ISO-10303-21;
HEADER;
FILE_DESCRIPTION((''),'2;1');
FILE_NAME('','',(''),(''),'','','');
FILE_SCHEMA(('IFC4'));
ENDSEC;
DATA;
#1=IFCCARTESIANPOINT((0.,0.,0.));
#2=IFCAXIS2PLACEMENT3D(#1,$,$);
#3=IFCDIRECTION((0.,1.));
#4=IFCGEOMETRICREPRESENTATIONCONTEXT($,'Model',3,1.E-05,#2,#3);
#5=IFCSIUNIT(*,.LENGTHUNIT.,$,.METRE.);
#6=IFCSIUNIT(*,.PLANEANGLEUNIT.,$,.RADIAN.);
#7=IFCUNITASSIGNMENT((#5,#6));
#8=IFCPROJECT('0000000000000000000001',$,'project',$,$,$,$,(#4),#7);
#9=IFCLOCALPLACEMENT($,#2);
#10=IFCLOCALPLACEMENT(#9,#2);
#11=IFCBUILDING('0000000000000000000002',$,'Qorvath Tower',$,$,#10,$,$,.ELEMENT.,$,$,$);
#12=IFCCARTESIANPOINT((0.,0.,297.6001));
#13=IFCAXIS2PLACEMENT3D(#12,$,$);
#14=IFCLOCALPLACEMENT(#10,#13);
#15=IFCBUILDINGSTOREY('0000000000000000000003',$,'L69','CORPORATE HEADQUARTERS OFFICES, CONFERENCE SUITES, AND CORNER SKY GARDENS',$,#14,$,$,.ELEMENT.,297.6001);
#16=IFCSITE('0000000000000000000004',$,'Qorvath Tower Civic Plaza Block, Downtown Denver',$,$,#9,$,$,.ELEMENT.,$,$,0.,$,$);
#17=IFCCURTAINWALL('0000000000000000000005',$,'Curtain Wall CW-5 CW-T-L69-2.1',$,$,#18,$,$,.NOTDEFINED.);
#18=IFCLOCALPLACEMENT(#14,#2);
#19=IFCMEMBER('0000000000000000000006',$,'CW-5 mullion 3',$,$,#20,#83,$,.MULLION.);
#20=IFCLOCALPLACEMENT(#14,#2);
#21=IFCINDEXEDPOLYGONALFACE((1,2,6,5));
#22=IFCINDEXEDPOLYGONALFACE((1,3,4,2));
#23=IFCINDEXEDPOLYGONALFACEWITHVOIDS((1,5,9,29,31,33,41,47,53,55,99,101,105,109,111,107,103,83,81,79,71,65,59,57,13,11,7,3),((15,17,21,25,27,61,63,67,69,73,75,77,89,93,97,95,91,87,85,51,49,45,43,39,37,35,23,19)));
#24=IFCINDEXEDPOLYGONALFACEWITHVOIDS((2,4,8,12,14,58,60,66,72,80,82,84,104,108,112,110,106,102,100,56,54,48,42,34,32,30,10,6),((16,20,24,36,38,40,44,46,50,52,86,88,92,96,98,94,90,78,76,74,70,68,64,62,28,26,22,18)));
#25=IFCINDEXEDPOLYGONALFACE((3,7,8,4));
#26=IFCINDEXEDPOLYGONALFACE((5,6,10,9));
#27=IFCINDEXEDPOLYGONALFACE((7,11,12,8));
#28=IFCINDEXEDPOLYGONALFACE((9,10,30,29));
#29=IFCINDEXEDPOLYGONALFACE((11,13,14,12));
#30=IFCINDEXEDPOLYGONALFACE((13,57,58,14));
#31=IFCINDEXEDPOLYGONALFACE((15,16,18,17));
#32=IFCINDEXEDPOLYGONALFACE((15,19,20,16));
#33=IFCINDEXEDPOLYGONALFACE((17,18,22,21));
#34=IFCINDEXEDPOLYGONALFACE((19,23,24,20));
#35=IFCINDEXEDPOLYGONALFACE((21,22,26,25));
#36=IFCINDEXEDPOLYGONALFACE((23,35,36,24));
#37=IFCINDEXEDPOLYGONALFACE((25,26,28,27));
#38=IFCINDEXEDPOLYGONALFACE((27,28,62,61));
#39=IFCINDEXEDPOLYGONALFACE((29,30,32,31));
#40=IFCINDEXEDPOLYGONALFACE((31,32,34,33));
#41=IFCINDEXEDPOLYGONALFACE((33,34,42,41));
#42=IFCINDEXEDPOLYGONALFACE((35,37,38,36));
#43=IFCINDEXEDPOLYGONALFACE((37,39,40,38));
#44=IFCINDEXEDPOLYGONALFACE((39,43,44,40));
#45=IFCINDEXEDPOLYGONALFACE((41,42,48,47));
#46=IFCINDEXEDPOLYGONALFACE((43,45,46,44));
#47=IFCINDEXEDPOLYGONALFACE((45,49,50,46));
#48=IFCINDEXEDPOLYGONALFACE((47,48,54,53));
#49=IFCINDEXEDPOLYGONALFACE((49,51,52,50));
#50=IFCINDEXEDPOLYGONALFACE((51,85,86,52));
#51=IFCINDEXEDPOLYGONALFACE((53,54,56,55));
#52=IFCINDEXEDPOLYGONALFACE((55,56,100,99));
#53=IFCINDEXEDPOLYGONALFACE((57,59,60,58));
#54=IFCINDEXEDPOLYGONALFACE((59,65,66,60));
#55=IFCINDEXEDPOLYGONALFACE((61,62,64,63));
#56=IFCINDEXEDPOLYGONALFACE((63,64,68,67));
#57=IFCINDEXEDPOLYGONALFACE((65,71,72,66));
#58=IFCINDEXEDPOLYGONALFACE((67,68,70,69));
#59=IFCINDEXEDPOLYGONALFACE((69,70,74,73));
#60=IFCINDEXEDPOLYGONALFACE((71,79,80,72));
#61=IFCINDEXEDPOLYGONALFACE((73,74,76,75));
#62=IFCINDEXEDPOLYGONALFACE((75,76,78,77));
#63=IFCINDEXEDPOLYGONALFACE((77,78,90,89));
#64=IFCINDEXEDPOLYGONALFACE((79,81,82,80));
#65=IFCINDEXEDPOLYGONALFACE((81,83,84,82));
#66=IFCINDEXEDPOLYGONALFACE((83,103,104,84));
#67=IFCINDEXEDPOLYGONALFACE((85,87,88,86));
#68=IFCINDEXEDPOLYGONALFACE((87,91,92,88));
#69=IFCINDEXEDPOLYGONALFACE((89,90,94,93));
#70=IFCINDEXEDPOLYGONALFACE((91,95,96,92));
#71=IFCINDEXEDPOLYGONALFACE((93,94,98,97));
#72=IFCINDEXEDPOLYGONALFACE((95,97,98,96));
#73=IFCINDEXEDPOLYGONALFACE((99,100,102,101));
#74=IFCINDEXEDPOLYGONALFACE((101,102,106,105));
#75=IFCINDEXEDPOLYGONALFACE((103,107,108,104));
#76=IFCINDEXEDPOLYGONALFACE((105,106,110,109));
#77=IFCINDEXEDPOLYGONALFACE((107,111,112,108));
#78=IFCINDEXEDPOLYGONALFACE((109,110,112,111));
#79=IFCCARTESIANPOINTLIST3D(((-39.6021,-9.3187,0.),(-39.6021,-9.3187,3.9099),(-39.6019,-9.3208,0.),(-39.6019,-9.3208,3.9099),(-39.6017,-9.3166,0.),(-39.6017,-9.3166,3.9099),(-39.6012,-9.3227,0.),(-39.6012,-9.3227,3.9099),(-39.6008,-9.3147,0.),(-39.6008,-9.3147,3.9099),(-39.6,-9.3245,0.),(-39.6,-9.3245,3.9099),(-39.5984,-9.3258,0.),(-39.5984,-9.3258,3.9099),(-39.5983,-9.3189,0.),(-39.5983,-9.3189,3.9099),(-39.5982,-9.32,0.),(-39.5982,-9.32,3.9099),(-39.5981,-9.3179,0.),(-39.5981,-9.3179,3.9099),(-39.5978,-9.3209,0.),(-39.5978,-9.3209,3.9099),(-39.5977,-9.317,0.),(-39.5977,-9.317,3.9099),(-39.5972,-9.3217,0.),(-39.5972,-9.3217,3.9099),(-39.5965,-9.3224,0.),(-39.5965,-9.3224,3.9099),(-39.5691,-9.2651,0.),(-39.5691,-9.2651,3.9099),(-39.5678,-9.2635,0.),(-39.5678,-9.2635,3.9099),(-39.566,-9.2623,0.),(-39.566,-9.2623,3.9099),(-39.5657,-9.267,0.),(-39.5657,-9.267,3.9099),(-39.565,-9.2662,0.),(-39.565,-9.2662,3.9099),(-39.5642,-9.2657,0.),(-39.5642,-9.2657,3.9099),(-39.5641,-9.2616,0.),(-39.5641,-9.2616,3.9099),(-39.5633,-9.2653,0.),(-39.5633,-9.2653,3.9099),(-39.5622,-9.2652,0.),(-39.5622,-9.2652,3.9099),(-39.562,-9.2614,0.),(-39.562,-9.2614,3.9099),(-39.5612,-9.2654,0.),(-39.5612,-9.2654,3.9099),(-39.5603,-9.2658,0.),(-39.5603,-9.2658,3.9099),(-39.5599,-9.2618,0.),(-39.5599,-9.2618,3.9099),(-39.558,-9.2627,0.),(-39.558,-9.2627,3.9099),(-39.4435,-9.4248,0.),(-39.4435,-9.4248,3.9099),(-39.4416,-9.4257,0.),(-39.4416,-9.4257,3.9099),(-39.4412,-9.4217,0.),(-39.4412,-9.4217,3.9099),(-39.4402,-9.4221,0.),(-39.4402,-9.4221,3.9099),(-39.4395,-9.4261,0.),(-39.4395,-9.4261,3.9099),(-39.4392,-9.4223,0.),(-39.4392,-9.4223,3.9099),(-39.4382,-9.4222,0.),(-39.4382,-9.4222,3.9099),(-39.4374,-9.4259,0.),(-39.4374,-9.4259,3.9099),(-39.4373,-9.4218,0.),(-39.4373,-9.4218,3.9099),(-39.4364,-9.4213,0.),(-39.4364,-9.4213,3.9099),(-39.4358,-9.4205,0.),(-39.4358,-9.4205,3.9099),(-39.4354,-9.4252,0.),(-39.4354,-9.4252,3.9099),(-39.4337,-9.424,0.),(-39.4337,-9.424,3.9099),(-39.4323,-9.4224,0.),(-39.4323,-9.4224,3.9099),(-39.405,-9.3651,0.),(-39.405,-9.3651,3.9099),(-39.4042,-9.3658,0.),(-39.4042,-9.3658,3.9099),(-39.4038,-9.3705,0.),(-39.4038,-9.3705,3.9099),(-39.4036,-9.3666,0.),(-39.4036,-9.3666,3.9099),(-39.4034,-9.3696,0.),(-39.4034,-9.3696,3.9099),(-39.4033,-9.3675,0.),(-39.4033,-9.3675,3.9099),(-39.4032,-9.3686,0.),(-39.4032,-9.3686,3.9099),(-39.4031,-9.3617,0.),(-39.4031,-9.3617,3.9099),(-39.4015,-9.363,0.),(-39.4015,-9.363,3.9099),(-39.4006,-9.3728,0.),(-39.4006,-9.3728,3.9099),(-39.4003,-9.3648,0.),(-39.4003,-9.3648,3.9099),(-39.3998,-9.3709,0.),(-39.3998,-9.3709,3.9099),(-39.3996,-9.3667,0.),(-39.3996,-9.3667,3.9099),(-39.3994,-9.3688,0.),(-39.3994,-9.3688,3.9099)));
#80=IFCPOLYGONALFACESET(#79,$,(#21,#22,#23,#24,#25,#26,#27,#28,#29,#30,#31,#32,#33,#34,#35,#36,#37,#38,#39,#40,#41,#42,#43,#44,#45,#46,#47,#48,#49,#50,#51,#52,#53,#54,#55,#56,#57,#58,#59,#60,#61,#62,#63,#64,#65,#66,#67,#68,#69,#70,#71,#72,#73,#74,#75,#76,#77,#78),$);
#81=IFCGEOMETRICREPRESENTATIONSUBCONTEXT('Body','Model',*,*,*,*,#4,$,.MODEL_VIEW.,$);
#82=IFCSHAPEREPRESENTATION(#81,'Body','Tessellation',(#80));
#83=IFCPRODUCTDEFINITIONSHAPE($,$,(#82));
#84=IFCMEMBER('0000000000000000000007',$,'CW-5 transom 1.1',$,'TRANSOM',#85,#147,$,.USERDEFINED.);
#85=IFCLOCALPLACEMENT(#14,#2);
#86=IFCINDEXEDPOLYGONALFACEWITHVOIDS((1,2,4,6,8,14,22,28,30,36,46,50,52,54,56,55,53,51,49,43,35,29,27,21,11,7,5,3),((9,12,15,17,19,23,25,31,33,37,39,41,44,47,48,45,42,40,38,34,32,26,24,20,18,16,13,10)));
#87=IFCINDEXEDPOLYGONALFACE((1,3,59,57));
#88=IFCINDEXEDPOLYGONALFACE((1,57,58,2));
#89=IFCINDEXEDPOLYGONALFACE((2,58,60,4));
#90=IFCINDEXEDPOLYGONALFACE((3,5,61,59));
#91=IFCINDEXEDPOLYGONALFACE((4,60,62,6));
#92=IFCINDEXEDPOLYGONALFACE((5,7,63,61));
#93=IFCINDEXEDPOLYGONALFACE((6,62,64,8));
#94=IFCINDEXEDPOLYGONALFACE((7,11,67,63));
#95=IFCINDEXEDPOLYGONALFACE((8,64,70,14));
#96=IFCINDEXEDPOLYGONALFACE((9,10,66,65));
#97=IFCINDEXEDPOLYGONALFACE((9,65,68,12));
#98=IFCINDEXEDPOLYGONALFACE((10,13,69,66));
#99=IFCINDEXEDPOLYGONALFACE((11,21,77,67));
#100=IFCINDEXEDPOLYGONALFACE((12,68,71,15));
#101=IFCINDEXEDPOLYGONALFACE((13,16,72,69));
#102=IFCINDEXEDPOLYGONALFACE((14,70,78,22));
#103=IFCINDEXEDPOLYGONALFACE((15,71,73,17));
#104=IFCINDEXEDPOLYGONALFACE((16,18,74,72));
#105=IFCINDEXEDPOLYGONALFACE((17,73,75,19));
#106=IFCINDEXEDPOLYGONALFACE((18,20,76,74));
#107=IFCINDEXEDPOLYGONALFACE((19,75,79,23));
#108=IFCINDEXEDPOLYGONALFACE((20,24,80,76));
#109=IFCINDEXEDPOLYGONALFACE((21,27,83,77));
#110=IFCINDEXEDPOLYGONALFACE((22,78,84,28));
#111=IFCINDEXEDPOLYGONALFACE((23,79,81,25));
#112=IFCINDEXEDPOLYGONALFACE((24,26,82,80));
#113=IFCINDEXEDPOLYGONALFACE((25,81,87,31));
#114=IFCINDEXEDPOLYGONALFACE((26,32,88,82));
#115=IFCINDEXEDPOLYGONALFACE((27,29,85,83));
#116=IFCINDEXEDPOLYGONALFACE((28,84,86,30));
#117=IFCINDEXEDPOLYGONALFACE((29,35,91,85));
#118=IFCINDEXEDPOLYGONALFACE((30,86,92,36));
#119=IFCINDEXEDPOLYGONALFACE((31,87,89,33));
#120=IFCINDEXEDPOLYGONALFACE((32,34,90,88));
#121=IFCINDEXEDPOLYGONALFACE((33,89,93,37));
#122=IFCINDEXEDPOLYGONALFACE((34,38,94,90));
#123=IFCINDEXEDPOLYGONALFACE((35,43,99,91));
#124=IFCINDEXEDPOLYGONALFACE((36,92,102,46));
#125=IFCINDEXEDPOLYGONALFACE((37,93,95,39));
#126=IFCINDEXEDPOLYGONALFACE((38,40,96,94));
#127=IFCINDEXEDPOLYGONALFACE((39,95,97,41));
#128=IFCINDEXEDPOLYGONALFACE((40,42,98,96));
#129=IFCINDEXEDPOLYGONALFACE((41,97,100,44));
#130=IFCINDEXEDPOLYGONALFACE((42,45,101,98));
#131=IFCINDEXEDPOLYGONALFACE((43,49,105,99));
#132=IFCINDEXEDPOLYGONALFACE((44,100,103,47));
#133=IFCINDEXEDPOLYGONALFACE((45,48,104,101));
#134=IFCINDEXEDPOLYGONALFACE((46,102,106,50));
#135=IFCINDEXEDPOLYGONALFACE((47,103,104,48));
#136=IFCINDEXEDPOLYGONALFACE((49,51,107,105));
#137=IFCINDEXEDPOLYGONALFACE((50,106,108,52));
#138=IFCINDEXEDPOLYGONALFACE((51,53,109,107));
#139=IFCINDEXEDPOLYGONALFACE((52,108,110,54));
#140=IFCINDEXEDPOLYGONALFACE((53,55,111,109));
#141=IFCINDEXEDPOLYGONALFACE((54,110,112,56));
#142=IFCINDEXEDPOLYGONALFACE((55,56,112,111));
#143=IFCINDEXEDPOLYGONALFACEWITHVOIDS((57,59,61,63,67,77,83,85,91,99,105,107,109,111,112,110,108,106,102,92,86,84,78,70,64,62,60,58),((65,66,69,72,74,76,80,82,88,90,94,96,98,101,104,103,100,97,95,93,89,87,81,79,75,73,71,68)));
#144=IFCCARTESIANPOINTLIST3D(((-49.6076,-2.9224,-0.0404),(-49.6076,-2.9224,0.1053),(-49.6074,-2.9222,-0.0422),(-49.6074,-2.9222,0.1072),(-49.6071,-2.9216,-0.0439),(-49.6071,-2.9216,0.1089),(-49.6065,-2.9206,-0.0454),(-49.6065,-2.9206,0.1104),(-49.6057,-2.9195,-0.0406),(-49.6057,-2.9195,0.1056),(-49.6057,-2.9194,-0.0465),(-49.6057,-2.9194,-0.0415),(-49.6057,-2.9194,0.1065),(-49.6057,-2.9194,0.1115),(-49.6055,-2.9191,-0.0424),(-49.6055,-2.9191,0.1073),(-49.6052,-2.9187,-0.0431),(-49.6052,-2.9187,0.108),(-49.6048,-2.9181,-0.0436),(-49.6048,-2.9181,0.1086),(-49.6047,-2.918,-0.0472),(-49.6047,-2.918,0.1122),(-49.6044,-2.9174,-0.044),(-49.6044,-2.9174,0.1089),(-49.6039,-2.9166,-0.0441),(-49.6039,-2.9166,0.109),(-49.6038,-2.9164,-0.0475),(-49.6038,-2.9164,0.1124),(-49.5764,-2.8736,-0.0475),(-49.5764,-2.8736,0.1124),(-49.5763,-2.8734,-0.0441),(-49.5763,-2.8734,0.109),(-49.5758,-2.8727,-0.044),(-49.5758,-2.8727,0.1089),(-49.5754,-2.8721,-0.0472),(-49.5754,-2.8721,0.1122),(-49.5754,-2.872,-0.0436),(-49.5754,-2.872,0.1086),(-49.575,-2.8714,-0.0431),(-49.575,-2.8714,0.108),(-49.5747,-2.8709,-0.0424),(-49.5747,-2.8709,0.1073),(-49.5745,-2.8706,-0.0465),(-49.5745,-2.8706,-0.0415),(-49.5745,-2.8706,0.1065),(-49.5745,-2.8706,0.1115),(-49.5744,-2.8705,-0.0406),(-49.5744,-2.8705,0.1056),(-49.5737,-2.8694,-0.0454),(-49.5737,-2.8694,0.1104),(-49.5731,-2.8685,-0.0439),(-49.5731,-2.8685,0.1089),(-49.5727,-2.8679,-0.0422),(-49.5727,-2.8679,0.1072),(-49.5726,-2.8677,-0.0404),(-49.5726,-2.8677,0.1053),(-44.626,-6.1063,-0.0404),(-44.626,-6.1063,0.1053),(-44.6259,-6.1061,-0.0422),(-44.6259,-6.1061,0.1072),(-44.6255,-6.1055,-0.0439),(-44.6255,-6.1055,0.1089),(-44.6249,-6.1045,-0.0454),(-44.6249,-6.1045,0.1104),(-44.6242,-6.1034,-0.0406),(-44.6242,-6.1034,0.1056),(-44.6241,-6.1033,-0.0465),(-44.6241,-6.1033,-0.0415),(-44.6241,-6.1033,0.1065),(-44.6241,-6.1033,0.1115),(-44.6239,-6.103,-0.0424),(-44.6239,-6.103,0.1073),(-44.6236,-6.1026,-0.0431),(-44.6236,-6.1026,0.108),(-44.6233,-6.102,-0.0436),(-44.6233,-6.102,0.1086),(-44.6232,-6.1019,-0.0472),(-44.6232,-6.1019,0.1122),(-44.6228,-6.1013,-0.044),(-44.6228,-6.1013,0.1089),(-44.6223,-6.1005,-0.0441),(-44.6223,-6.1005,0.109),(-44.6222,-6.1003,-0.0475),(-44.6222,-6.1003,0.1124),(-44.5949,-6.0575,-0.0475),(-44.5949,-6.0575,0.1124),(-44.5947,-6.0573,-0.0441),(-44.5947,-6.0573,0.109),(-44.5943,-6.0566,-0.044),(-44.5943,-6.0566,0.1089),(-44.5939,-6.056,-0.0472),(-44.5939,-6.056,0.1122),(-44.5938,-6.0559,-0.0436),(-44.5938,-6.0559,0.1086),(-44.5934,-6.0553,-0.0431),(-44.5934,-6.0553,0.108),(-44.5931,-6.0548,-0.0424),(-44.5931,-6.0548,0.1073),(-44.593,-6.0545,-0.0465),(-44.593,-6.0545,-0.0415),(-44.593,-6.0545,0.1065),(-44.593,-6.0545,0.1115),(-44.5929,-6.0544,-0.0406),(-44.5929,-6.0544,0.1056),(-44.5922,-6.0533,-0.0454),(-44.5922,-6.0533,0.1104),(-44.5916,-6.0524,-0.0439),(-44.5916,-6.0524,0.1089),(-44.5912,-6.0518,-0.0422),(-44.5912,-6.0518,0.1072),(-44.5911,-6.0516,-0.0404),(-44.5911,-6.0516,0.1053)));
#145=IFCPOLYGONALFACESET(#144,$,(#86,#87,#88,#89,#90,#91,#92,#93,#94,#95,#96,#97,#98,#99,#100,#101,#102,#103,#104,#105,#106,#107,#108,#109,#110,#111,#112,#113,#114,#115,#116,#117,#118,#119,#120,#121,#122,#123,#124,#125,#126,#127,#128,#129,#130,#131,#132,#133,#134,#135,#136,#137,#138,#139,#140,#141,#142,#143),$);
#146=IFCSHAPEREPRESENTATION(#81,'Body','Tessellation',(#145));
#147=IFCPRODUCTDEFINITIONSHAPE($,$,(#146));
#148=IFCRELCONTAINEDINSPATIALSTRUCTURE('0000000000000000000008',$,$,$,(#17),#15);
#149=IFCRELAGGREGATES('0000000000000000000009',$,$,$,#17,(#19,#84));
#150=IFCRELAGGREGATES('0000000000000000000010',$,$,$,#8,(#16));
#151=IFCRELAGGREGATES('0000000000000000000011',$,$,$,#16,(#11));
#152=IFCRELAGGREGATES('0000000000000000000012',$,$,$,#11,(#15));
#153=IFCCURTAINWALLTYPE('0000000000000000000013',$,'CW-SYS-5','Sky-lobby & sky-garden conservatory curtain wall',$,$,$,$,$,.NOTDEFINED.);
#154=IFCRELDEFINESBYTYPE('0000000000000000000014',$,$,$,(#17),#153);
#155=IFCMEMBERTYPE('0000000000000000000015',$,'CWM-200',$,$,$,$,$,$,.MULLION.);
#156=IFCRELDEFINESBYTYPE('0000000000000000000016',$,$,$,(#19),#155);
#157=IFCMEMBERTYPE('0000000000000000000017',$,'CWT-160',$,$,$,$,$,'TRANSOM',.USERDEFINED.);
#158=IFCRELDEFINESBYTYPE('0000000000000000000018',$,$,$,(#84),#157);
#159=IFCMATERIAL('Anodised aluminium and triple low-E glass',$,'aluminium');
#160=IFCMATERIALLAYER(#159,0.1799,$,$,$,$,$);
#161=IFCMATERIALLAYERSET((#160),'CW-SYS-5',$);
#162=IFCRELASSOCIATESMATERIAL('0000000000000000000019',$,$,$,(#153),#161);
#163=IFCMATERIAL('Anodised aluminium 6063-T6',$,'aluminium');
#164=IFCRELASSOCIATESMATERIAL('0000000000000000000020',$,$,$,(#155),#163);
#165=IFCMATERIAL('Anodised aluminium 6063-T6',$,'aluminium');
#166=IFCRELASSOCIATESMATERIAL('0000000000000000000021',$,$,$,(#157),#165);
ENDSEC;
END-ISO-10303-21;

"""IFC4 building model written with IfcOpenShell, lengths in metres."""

from ifc_helpers import new_model, si_unit, direction, frame, origin, origin_2d, place, context, subcontext, project, spatial, hollow_rectangle, extrude, material, layer, layer_set, material_profile, profile_set, type_object, element, aggregate, save


model = new_model("IFC4")

# Units and contexts
model_context = context("Model", 3, precision=1e-05, world=origin(), true_north=direction((0.0, 1.0)))
body_context = subcontext(model_context, "Body", "Model", "MODEL_VIEW")
ifc_project = project(units=[si_unit("LENGTHUNIT", "METRE"), si_unit("PLANEANGLEUNIT", "RADIAN")], contexts=[model_context])

# Site, building, storey
site_placement = place(None, origin())
site = spatial("IfcSite", under=ifc_project, at=site_placement, Name="Qorvath Tower Civic Plaza Block, Downtown Denver", CompositionType="ELEMENT", RefElevation=0.0)
building_placement = place(site_placement, origin())
building = spatial("IfcBuilding", under=site, at=building_placement, Name="Qorvath Tower", CompositionType="ELEMENT")
storey_placement = place(building_placement, frame((0.0, 0.0, 297.6001)))
storey = spatial("IfcBuildingStorey", under=building, at=storey_placement, Name="L69", Description="CORPORATE HEADQUARTERS OFFICES, CONFERENCE SUITES, AND CORNER SKY GARDENS", CompositionType="ELEMENT", Elevation=297.6001)

# Curtain wall, members
ifc_material_1 = material(Name="Anodised aluminium and triple low-E glass", Category="aluminium")
ifc_layer_1 = layer(ifc_material_1, 0.1799)
ifc_layer_set_1 = layer_set([ifc_layer_1], Name="CW-SYS-5")
curtain_wall_type = type_object("IfcCurtainWallType", Name="CW-SYS-5", Description="Sky-lobby & sky-garden conservatory curtain wall", PredefinedType="NOTDEFINED", material=ifc_layer_set_1)
curtain_wall_placement = place(storey_placement, origin())
curtain_wall = element("IfcCurtainWall", 1, at=curtain_wall_placement, inside=storey, type_object=curtain_wall_type, Name="Curtain Wall CW-5 CW-T-L69-2.1", PredefinedType="NOTDEFINED")
ifc_material_2 = material(Name="Anodised aluminium 6063-T6", Category="aluminium")
ifc_material_profile_1 = material_profile(ifc_material_2, hollow_rectangle(XDim=0.075, YDim=0.2, WallThickness=0.0039, InnerFilletRadius=0.0039, OuterFilletRadius=0.0081, at=origin_2d()), Name="CWM 200x75")
ifc_profile_set_1 = profile_set([ifc_material_profile_1], Name="Anodised aluminium 6063-T6")
member_type_1 = type_object("IfcMemberType", Name="CWM-200", PredefinedType="MULLION", material=ifc_profile_set_1)
member_1_placement = place(storey_placement, frame((-39.5007, -9.3438, 0.0), z_axis=(0.0, 0.0, 1.0), x_axis=(0.538537, 0.842602, 0.0)))
member_1 = element("IfcMember", 2, at=member_1_placement, type_object=member_type_1, Name="CW-5 mullion 3", PredefinedType="MULLION", context=body_context, shape_type="SweptSolid", body=[
    extrude(hollow_rectangle(XDim=0.075, YDim=0.2, WallThickness=0.0039, InnerFilletRadius=0.0039, OuterFilletRadius=0.0081, at=origin_2d()), origin(), (0.0, 0.0, 1.0), 3.9099),
])
ifc_material_3 = material(Name="Anodised aluminium 6063-T6", Category="aluminium")
ifc_material_profile_2 = material_profile(ifc_material_3, hollow_rectangle(XDim=0.0649, YDim=0.1599, WallThickness=0.0034, InnerFilletRadius=0.0034, OuterFilletRadius=0.0071, at=origin_2d()), Name="CWT 160x65")
ifc_profile_set_2 = profile_set([ifc_material_profile_2], Name="Anodised aluminium 6063-T6")
member_type_2 = type_object("IfcMemberType", Name="CWT-160", ElementType="TRANSOM", PredefinedType="USERDEFINED", material=ifc_profile_set_2)
member_2_placement = place(storey_placement, frame((-49.5901, -2.895, 0.0325), z_axis=(0.8426, -0.538539, 0.0), x_axis=(0.538539, 0.8426, 0.0)))
member_2 = element("IfcMember", 3, at=member_2_placement, type_object=member_type_2, Name="CW-5 transom 1.1", ObjectType="TRANSOM", PredefinedType="USERDEFINED", context=body_context, shape_type="SweptSolid", body=[
    extrude(hollow_rectangle(XDim=0.0649, YDim=0.1599, WallThickness=0.0034, InnerFilletRadius=0.0034, OuterFilletRadius=0.0071, at=origin_2d()), origin(), (0.0, 0.0, 1.0), 5.9121),
])
aggregate(curtain_wall, [member_1, member_2])

save(model, "model.ifc")
